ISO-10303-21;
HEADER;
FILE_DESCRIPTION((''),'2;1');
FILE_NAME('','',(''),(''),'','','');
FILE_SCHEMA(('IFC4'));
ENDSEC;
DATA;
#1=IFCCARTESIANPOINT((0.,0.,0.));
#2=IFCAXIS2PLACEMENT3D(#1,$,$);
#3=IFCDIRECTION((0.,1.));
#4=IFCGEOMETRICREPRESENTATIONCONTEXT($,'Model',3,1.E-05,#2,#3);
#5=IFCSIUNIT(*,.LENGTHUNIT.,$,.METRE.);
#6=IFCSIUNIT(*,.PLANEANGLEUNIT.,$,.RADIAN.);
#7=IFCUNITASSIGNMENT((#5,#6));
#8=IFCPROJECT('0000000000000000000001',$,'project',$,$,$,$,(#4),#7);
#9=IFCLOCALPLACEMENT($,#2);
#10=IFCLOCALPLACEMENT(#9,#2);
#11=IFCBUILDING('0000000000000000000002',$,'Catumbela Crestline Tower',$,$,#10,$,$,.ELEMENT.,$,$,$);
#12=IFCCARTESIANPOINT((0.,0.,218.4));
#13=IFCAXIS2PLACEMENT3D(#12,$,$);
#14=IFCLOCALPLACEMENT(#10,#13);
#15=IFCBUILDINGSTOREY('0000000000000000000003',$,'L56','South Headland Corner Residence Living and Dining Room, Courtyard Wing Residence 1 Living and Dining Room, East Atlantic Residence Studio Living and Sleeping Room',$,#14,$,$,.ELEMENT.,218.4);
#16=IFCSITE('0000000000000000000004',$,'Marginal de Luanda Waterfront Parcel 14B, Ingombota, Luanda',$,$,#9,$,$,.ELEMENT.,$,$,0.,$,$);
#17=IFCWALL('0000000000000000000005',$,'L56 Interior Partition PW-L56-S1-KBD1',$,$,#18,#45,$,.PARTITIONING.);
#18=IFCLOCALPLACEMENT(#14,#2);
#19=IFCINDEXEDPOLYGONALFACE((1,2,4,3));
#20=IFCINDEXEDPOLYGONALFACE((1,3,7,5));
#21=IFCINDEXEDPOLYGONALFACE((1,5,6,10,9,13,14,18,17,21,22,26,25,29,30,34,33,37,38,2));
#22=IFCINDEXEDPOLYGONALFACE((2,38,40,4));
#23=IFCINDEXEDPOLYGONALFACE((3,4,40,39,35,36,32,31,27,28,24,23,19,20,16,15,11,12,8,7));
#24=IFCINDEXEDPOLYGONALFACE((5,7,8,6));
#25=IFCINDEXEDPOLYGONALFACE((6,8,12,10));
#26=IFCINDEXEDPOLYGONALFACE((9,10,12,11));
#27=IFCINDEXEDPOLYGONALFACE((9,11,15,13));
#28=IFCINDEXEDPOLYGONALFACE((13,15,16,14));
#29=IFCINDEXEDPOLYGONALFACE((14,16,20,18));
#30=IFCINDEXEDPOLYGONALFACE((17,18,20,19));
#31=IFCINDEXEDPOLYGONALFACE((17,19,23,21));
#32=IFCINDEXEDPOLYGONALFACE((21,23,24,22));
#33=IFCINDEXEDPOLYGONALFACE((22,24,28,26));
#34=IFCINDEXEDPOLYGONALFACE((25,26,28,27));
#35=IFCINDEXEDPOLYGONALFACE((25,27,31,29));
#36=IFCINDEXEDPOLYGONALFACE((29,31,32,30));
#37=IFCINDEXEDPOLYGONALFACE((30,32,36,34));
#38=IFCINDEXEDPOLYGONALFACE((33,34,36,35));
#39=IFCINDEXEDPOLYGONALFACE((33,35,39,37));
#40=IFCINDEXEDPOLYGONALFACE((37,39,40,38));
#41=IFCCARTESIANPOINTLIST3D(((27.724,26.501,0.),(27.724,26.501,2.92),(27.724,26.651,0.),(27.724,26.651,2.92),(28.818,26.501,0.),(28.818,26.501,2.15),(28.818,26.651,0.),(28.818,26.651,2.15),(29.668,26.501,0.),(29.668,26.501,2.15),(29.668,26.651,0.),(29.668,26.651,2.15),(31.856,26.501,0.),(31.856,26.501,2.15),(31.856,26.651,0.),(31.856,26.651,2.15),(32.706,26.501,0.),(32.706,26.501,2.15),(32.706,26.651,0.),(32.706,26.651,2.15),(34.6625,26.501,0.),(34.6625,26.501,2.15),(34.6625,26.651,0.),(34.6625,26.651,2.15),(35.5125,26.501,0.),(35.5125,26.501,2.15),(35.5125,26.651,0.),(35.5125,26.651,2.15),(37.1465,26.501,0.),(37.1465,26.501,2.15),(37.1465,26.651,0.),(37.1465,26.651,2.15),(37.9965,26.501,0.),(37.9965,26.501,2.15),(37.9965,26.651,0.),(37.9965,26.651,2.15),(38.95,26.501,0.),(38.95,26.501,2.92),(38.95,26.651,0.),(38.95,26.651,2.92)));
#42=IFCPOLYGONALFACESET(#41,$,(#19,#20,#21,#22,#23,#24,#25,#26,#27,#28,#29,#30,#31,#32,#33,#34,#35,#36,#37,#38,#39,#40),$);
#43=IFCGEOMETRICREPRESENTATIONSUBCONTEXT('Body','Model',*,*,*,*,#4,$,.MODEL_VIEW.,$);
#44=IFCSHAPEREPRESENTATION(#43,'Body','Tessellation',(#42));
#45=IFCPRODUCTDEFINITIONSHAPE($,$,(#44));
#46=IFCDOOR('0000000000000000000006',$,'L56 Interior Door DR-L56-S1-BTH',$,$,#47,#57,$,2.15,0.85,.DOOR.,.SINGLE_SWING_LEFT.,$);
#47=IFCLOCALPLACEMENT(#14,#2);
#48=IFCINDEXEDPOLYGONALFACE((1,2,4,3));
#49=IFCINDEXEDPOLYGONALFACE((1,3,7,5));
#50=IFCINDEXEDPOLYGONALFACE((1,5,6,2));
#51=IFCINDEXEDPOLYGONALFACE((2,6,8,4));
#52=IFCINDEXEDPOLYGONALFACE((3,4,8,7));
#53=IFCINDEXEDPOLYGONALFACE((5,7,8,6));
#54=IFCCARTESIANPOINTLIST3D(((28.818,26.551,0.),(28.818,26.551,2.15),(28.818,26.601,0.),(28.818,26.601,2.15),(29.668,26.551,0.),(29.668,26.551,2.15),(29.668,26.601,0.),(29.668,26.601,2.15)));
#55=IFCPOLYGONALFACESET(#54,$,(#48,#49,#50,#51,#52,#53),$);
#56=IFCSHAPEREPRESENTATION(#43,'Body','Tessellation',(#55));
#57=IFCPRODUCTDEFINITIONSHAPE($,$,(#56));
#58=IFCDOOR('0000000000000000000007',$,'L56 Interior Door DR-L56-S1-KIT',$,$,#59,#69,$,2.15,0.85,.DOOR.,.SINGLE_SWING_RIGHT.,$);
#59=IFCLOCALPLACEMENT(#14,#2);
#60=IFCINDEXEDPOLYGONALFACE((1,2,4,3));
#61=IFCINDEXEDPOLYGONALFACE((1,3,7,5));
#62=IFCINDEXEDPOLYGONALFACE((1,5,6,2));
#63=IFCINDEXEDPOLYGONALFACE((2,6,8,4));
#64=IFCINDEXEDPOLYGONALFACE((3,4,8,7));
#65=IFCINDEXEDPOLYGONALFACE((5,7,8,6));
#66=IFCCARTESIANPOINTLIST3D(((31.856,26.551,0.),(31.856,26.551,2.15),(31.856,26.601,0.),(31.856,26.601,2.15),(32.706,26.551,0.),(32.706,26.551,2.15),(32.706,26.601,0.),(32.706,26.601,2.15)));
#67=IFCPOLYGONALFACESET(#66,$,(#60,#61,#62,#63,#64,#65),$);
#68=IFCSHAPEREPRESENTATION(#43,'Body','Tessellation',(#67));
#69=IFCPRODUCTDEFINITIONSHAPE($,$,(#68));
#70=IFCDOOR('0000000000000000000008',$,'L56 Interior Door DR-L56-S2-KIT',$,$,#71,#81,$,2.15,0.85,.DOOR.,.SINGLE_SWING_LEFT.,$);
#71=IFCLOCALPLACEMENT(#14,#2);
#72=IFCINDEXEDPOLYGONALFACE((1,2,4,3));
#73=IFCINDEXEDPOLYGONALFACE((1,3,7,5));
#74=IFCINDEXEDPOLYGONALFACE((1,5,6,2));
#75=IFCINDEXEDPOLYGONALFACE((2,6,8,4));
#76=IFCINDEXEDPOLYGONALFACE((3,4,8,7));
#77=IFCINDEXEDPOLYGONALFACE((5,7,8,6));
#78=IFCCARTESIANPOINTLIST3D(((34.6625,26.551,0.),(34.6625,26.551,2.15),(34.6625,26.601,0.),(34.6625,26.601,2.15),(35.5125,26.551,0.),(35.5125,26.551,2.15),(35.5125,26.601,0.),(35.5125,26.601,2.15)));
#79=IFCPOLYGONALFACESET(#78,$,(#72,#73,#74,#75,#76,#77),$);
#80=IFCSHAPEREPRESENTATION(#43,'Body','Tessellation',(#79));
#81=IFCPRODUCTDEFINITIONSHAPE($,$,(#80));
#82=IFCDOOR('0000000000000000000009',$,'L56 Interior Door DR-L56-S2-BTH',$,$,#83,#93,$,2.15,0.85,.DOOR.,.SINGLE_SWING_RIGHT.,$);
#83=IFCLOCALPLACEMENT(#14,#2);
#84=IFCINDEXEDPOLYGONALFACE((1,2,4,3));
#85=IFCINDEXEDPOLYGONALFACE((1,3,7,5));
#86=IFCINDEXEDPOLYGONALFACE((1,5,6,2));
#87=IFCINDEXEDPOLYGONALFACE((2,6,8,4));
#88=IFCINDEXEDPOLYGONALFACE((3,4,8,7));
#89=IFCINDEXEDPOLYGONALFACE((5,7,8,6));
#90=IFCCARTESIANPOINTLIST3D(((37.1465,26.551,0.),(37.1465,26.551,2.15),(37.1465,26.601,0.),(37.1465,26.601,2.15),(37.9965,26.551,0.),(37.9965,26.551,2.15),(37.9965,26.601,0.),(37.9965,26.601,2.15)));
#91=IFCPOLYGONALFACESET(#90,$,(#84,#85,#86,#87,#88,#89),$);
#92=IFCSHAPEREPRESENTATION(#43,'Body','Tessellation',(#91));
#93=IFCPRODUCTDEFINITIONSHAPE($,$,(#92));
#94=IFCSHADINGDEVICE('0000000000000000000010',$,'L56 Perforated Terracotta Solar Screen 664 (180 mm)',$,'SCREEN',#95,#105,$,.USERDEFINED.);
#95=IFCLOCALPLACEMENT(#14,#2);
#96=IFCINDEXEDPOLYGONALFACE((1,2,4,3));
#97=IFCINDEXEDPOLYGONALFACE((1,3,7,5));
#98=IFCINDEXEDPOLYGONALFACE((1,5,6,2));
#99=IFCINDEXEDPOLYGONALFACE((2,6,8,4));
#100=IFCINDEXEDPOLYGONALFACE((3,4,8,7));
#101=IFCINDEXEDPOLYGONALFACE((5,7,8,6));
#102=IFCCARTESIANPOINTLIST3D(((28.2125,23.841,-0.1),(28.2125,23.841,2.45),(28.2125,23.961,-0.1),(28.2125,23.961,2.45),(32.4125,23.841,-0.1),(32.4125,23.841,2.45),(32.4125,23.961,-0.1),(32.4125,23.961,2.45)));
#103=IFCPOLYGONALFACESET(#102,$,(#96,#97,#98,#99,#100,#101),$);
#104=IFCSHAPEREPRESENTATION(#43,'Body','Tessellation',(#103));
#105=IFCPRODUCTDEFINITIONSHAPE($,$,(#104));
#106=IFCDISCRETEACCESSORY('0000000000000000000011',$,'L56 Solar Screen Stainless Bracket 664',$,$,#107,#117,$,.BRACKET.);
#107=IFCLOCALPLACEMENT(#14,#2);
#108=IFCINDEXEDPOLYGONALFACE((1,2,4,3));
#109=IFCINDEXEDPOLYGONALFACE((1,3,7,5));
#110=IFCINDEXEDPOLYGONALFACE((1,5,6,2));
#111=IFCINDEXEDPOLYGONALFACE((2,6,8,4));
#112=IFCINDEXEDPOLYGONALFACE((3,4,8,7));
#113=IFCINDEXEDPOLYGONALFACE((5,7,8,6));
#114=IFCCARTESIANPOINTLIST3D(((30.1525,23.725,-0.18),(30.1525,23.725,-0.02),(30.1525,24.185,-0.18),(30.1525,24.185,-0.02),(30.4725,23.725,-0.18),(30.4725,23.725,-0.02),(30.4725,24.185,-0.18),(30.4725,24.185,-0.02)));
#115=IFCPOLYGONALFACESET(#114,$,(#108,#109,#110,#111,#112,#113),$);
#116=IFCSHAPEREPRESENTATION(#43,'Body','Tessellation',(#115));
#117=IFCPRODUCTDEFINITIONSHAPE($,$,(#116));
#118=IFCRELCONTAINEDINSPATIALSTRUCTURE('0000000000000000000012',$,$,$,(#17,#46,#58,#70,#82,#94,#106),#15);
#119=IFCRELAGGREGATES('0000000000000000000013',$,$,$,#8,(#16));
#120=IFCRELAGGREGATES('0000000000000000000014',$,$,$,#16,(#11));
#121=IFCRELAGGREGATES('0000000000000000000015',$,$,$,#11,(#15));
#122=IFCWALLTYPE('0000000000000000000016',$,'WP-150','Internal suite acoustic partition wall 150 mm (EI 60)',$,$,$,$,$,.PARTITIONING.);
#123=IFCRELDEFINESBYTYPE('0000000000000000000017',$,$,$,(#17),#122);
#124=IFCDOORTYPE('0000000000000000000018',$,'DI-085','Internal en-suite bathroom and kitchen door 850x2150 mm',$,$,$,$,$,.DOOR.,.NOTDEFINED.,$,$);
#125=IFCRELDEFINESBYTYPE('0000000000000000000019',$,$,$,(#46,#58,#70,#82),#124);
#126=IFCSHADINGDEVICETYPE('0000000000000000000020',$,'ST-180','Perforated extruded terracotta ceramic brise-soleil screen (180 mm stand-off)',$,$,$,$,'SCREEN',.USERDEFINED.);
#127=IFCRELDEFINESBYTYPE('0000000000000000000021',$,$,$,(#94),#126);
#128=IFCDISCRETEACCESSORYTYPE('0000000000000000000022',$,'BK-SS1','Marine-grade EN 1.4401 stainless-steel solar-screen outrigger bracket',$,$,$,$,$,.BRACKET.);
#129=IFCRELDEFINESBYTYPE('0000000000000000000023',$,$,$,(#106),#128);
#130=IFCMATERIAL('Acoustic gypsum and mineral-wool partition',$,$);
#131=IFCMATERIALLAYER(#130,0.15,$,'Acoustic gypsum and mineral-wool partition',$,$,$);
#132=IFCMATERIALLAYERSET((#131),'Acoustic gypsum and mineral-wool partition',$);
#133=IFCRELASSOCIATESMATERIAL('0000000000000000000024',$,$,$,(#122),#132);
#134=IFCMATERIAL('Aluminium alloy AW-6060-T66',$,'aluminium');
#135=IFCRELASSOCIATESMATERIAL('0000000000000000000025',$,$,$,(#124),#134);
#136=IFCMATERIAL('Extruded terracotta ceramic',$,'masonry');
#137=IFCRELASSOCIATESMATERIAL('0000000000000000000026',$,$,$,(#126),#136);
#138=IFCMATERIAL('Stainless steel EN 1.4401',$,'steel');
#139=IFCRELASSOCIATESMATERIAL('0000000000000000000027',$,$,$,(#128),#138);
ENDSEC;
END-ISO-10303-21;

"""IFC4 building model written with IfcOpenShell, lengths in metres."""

from ifc_helpers import new_model, si_unit, direction, frame, frame_2d, origin, origin_2d, place, context, subcontext, project, spatial, rectangle, extrude, material, layer, layer_set, type_object, element, fill, save


model = new_model("IFC4")

# Units and contexts
model_context = context("Model", 3, precision=1e-05, world=origin(), true_north=direction((0.0, 1.0)))
body_context = subcontext(model_context, "Body", "Model", "MODEL_VIEW")
ifc_project = project(units=[si_unit("LENGTHUNIT", "METRE"), si_unit("PLANEANGLEUNIT", "RADIAN")], contexts=[model_context])

# Site, building, storey
site_placement = place(None, origin())
site = spatial("IfcSite", under=ifc_project, at=site_placement, Name="Marginal de Luanda Waterfront Parcel 14B, Ingombota, Luanda", CompositionType="ELEMENT", RefElevation=0.0)
building_placement = place(site_placement, origin())
building = spatial("IfcBuilding", under=site, at=building_placement, Name="Catumbela Crestline Tower", CompositionType="ELEMENT")
storey_placement = place(building_placement, frame((0.0, 0.0, 218.4)))
storey = spatial("IfcBuildingStorey", under=building, at=storey_placement, Name="L56", Description="South Headland Corner Residence Living and Dining Room, Courtyard Wing Residence 1 Living and Dining Room, East Atlantic Residence Studio Living and Sleeping Room", CompositionType="ELEMENT", Elevation=218.4)

# Shared definitions
ifc_material_1 = material(Name="Aluminium alloy AW-6060-T66", Category="aluminium")

# Shared definitions
ifc_material_2 = material(Name="Acoustic gypsum and mineral-wool partition")
ifc_layer_1 = layer(ifc_material_2, 0.15, Name="Acoustic gypsum and mineral-wool partition")
ifc_layer_set_1 = layer_set([ifc_layer_1], Name="Acoustic gypsum and mineral-wool partition")
wall_type_1 = type_object("IfcWallType", Name="WP-150", Description="Internal suite acoustic partition wall 150 mm (EI 60)", PredefinedType="PARTITIONING", material=ifc_layer_set_1)

# Wall, openings, doors
wall_1_placement = place(storey_placement, frame((27.724, 26.576, 0.0), z_axis=(0.0, 0.0, 1.0), x_axis=(1.0, 0.0, 0.0)))
wall_1 = element("IfcWall", 1, at=wall_1_placement, inside=storey, type_object=wall_type_1, Name="L56 Interior Partition PW-L56-S1-KBD1", PredefinedType="PARTITIONING", context=body_context, shape_type="SweptSolid", body=[
    extrude(rectangle(XDim=11.226, YDim=0.15, at=frame_2d((5.613, 0.0))), origin(), (0.0, 0.0, 1.0), 2.92),
])
opening_1_placement = place(wall_1_placement, frame((1.094, 0.0, 0.0)))
opening_1 = element("IfcOpeningElement", 2, at=opening_1_placement, cuts=wall_1, PredefinedType="OPENING", context=body_context, shape_type="SweptSolid", body=[
    extrude(rectangle(XDim=0.85, YDim=2.15, at=frame_2d((0.425, 1.075))), frame((0.0, 0.085, 0.0), z_axis=(0.0, -1.0, 0.0), x_axis=(1.0, 0.0, 0.0)), (0.0, 0.0, 1.0), 0.17),
])
opening_2_placement = place(wall_1_placement, frame((4.132, 0.0, 0.0)))
opening_2 = element("IfcOpeningElement", 3, at=opening_2_placement, cuts=wall_1, PredefinedType="OPENING", context=body_context, shape_type="SweptSolid", body=[
    extrude(rectangle(XDim=0.85, YDim=2.15, at=frame_2d((0.425, 1.075))), frame((0.0, 0.085, 0.0), z_axis=(0.0, -1.0, 0.0), x_axis=(1.0, 0.0, 0.0)), (0.0, 0.0, 1.0), 0.17),
])
opening_3_placement = place(wall_1_placement, frame((6.9385, 0.0, 0.0)))
opening_3 = element("IfcOpeningElement", 4, at=opening_3_placement, cuts=wall_1, PredefinedType="OPENING", context=body_context, shape_type="SweptSolid", body=[
    extrude(rectangle(XDim=0.85, YDim=2.15, at=frame_2d((0.425, 1.075))), frame((0.0, 0.085, 0.0), z_axis=(0.0, -1.0, 0.0), x_axis=(1.0, 0.0, 0.0)), (0.0, 0.0, 1.0), 0.17),
])
opening_4_placement = place(wall_1_placement, frame((9.4225, 0.0, 0.0)))
opening_4 = element("IfcOpeningElement", 5, at=opening_4_placement, cuts=wall_1, PredefinedType="OPENING", context=body_context, shape_type="SweptSolid", body=[
    extrude(rectangle(XDim=0.85, YDim=2.15, at=frame_2d((0.425, 1.075))), frame((0.0, 0.085, 0.0), z_axis=(0.0, -1.0, 0.0), x_axis=(1.0, 0.0, 0.0)), (0.0, 0.0, 1.0), 0.17),
])
door_type_1 = type_object("IfcDoorType", Name="DI-085", Description="Internal en-suite bathroom and kitchen door 850x2150 mm", OperationType="NOTDEFINED", PredefinedType="DOOR", material=ifc_material_1)
door_1_placement = place(opening_1_placement, origin())
door_1 = element("IfcDoor", 6, at=door_1_placement, inside=storey, type_object=door_type_1, Name="L56 Interior Door DR-L56-S1-BTH", OperationType="SINGLE_SWING_LEFT", OverallHeight=2.15, OverallWidth=0.85, PredefinedType="DOOR", context=body_context, shape_type="SweptSolid", body=[
    extrude(rectangle(XDim=0.85, YDim=2.15, at=frame_2d((0.425, 1.075))), frame((0.0, 0.025, 0.0), z_axis=(0.0, -1.0, 0.0), x_axis=(1.0, 0.0, 0.0)), (0.0, 0.0, 1.0), 0.05),
])
fill(opening_1, door_1)
door_2_placement = place(opening_2_placement, origin())
door_2 = element("IfcDoor", 7, at=door_2_placement, inside=storey, type_object=door_type_1, Name="L56 Interior Door DR-L56-S1-KIT", OperationType="SINGLE_SWING_RIGHT", OverallHeight=2.15, OverallWidth=0.85, PredefinedType="DOOR", context=body_context, shape_type="SweptSolid", body=[
    extrude(rectangle(XDim=0.85, YDim=2.15, at=frame_2d((0.425, 1.075))), frame((0.0, 0.025, 0.0), z_axis=(0.0, -1.0, 0.0), x_axis=(1.0, 0.0, 0.0)), (0.0, 0.0, 1.0), 0.05),
])
fill(opening_2, door_2)
door_3_placement = place(opening_3_placement, origin())
door_3 = element("IfcDoor", 8, at=door_3_placement, inside=storey, type_object=door_type_1, Name="L56 Interior Door DR-L56-S2-KIT", OperationType="SINGLE_SWING_LEFT", OverallHeight=2.15, OverallWidth=0.85, PredefinedType="DOOR", context=body_context, shape_type="SweptSolid", body=[
    extrude(rectangle(XDim=0.85, YDim=2.15, at=frame_2d((0.425, 1.075))), frame((0.0, 0.025, 0.0), z_axis=(0.0, -1.0, 0.0), x_axis=(1.0, 0.0, 0.0)), (0.0, 0.0, 1.0), 0.05),
])
fill(opening_3, door_3)
door_4_placement = place(opening_4_placement, origin())
door_4 = element("IfcDoor", 9, at=door_4_placement, inside=storey, type_object=door_type_1, Name="L56 Interior Door DR-L56-S2-BTH", OperationType="SINGLE_SWING_RIGHT", OverallHeight=2.15, OverallWidth=0.85, PredefinedType="DOOR", context=body_context, shape_type="SweptSolid", body=[
    extrude(rectangle(XDim=0.85, YDim=2.15, at=frame_2d((0.425, 1.075))), frame((0.0, 0.025, 0.0), z_axis=(0.0, -1.0, 0.0), x_axis=(1.0, 0.0, 0.0)), (0.0, 0.0, 1.0), 0.05),
])
fill(opening_4, door_4)

# Shading device
ifc_material_3 = material(Name="Extruded terracotta ceramic", Category="masonry")
shading_device_type = type_object("IfcShadingDeviceType", Name="ST-180", Description="Perforated extruded terracotta ceramic brise-soleil screen (180 mm stand-off)", ElementType="SCREEN", PredefinedType="USERDEFINED", material=ifc_material_3)
shading_device_placement = place(storey_placement, frame((30.3125, 23.901, -0.1), z_axis=(0.0, 0.0, 1.0), x_axis=(1.0, 0.0, 0.0)))
element("IfcShadingDevice", 10, at=shading_device_placement, inside=storey, type_object=shading_device_type, Name="L56 Perforated Terracotta Solar Screen 664 (180 mm)", ObjectType="SCREEN", PredefinedType="USERDEFINED", context=body_context, shape_type="SweptSolid", body=[
    extrude(rectangle(XDim=4.2, YDim=0.12, at=origin_2d()), origin(), (0.0, 0.0, 1.0), 2.55),
])

# Discrete accessory
ifc_material_4 = material(Name="Stainless steel EN 1.4401", Category="steel")
discrete_accessory_type = type_object("IfcDiscreteAccessoryType", Name="BK-SS1", Description="Marine-grade EN 1.4401 stainless-steel solar-screen outrigger bracket", PredefinedType="BRACKET", material=ifc_material_4)
discrete_accessory_placement = place(storey_placement, frame((30.3125, 23.955, -0.18), z_axis=(0.0, 0.0, 1.0), x_axis=(1.0, 0.0, 0.0)))
element("IfcDiscreteAccessory", 11, at=discrete_accessory_placement, inside=storey, type_object=discrete_accessory_type, Name="L56 Solar Screen Stainless Bracket 664", PredefinedType="BRACKET", context=body_context, shape_type="SweptSolid", body=[
    extrude(rectangle(XDim=0.32, YDim=0.46, at=origin_2d()), origin(), (0.0, 0.0, 1.0), 0.16),
])

save(model, "model.ifc")
